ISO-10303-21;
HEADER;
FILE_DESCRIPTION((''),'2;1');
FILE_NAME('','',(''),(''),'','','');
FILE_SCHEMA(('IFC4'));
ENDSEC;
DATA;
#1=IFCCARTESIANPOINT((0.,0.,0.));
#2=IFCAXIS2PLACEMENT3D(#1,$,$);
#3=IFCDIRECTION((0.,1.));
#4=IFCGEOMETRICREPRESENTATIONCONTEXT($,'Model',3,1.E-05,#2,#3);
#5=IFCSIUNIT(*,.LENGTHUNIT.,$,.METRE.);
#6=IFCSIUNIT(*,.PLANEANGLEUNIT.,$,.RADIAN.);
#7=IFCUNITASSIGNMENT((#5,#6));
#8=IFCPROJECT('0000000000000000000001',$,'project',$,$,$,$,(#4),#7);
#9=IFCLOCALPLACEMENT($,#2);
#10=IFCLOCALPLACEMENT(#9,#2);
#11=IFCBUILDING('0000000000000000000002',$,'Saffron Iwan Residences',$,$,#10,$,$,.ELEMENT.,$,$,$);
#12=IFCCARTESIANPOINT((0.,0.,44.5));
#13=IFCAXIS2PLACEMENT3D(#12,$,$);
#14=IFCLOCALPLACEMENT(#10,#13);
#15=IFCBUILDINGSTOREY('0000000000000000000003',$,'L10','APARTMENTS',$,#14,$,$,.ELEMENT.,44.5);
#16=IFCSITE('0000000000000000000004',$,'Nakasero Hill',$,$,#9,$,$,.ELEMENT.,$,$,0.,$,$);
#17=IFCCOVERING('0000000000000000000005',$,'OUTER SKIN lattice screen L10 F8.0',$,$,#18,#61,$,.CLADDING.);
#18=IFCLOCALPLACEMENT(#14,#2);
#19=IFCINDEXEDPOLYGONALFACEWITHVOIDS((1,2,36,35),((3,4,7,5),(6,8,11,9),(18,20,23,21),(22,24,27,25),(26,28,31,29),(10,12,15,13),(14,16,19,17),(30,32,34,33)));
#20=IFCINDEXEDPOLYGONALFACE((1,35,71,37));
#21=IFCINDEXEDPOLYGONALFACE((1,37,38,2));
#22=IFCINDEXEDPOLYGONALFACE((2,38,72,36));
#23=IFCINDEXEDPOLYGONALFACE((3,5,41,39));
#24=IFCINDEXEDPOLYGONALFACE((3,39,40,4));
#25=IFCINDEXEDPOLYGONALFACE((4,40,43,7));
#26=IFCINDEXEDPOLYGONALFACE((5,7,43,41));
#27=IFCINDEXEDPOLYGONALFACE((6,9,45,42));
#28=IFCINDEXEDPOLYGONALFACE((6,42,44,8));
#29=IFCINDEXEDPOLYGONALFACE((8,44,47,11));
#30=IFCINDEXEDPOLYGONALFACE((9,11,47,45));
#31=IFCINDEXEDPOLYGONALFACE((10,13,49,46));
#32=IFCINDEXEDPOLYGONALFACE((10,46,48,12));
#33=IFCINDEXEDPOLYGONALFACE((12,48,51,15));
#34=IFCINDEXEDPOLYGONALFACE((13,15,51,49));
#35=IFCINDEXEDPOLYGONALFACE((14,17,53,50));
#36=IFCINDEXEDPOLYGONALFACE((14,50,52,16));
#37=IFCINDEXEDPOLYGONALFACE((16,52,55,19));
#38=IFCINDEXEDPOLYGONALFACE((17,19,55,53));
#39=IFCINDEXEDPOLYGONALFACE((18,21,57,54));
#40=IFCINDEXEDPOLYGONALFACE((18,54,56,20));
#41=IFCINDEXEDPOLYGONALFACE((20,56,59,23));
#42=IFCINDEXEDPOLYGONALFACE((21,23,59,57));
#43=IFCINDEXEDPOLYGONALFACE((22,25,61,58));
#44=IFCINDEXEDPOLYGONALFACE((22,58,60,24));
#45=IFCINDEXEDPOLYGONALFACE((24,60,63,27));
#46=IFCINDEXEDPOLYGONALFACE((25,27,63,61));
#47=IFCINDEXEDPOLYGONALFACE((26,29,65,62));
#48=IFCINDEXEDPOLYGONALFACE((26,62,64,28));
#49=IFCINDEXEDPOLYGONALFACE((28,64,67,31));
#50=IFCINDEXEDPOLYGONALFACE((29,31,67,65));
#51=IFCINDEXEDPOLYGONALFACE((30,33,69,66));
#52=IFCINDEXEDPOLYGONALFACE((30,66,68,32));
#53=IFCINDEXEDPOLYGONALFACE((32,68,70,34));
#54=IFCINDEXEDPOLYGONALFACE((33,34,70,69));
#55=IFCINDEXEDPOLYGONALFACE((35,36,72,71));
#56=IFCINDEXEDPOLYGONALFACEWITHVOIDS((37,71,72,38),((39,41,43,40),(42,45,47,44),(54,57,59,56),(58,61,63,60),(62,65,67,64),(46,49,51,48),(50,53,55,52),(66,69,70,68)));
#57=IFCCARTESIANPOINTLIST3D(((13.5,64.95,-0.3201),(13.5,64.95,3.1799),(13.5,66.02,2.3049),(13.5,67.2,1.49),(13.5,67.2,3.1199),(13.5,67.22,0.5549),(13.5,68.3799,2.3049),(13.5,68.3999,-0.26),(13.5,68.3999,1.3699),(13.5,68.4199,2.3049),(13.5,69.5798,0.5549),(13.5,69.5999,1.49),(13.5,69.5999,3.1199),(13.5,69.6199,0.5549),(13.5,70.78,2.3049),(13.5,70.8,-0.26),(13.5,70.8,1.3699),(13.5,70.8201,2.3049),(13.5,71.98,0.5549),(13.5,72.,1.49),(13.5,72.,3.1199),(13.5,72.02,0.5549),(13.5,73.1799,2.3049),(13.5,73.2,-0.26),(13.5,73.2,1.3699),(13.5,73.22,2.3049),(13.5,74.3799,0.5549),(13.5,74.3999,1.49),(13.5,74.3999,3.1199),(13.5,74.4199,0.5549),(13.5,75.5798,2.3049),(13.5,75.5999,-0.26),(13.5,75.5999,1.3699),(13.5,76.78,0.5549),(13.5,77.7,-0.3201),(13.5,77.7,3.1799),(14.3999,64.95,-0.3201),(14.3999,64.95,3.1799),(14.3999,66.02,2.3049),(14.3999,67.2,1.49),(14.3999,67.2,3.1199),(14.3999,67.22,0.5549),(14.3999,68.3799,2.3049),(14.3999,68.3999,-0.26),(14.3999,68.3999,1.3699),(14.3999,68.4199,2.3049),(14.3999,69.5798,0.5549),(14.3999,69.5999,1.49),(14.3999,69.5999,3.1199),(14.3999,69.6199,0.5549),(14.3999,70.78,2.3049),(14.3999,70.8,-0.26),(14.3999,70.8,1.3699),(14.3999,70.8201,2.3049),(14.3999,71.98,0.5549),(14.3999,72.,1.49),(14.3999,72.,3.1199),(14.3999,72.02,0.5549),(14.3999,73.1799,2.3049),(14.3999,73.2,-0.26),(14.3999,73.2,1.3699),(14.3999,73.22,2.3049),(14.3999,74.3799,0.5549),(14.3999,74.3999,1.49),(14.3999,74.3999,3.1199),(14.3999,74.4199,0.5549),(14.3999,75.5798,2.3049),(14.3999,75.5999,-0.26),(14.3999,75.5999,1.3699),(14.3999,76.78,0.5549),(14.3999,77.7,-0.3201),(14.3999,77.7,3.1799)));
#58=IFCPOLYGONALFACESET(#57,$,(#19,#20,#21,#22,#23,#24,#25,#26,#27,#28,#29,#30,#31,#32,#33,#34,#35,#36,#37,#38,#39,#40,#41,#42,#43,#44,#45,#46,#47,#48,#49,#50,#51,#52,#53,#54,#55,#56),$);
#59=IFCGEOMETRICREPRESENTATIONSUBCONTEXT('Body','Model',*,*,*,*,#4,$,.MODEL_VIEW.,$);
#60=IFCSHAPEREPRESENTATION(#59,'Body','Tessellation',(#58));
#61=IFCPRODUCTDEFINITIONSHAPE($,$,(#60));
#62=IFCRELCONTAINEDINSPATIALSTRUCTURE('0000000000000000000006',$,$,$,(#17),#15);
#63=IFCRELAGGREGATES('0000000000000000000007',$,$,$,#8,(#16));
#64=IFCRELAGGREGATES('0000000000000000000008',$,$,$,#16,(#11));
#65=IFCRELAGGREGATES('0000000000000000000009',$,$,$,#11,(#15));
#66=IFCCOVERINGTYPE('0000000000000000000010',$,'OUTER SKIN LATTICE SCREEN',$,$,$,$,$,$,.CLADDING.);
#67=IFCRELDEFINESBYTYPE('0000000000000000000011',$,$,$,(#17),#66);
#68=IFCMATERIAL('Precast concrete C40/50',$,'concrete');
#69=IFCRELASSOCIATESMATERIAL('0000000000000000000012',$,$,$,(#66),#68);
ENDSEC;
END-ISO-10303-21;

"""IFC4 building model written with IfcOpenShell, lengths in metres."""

from ifc_helpers import new_model, si_unit, direction, frame, origin, place, context, subcontext, project, spatial, polyline, outline, extrude, material, type_object, element, save


model = new_model("IFC4")

# Units and contexts
model_context = context("Model", 3, precision=1e-05, world=origin(), true_north=direction((0.0, 1.0)))
body_context = subcontext(model_context, "Body", "Model", "MODEL_VIEW")
ifc_project = project(units=[si_unit("LENGTHUNIT", "METRE"), si_unit("PLANEANGLEUNIT", "RADIAN")], contexts=[model_context])

# Site, building, storey
site_placement = place(None, origin())
site = spatial("IfcSite", under=ifc_project, at=site_placement, Name="Nakasero Hill", CompositionType="ELEMENT", RefElevation=0.0)
building_placement = place(site_placement, origin())
building = spatial("IfcBuilding", under=site, at=building_placement, Name="Saffron Iwan Residences", CompositionType="ELEMENT")
storey_placement = place(building_placement, frame((0.0, 0.0, 44.5)))
storey = spatial("IfcBuildingStorey", under=building, at=storey_placement, Name="L10", Description="APARTMENTS", CompositionType="ELEMENT", Elevation=44.5)

# Covering
ifc_material_1 = material(Name="Precast concrete C40/50", Category="concrete")
covering_type = type_object("IfcCoveringType", Name="OUTER SKIN LATTICE SCREEN", PredefinedType="CLADDING", material=ifc_material_1)
covering_placement = place(storey_placement, frame((14.3999, 77.7, -0.3201), z_axis=(-1.0, 0.0, 0.0), x_axis=(0.0, -1.0, 0.0)))
element("IfcCovering", 1, at=covering_placement, inside=storey, type_object=covering_type, Name="OUTER SKIN lattice screen L10 F8.0", PredefinedType="CLADDING", context=body_context, shape_type="SweptSolid", body=[
    extrude(outline(polyline([(0.0, 0.0), (12.75, 0.0), (12.75, 3.5), (0.0, 3.5), (0.0, 0.0)]), holes=[polyline([(0.9199, 0.875), (2.1001, 0.0601), (3.28, 0.875), (2.1001, 1.6899), (0.9199, 0.875)]), polyline([(3.3201, 0.875), (4.5, 0.0601), (5.6799, 0.875), (4.5, 1.6899), (3.3201, 0.875)]), polyline([(5.72, 0.875), (6.8999, 0.0601), (8.0801, 0.875), (6.8999, 1.6899), (5.72, 0.875)]), polyline([(8.1201, 0.875), (9.3, 0.0601), (10.48, 0.875), (9.3, 1.6899), (8.1201, 0.875)]), polyline([(2.1201, 2.625), (3.3, 1.8101), (4.48, 2.625), (3.3, 3.4399), (2.1201, 2.625)]), polyline([(4.52, 2.625), (5.7, 1.8101), (6.8799, 2.625), (5.7, 3.4399), (4.52, 2.625)]), polyline([(6.9199, 2.625), (8.1001, 1.8101), (9.28, 2.625), (8.1001, 3.4399), (6.9199, 2.625)]), polyline([(9.3201, 2.625), (10.5, 1.8101), (11.6799, 2.625), (10.5, 3.4399), (9.3201, 2.625)])]), origin(), (0.0, 0.0, 1.0), 0.8999),
])

save(model, "model.ifc")
